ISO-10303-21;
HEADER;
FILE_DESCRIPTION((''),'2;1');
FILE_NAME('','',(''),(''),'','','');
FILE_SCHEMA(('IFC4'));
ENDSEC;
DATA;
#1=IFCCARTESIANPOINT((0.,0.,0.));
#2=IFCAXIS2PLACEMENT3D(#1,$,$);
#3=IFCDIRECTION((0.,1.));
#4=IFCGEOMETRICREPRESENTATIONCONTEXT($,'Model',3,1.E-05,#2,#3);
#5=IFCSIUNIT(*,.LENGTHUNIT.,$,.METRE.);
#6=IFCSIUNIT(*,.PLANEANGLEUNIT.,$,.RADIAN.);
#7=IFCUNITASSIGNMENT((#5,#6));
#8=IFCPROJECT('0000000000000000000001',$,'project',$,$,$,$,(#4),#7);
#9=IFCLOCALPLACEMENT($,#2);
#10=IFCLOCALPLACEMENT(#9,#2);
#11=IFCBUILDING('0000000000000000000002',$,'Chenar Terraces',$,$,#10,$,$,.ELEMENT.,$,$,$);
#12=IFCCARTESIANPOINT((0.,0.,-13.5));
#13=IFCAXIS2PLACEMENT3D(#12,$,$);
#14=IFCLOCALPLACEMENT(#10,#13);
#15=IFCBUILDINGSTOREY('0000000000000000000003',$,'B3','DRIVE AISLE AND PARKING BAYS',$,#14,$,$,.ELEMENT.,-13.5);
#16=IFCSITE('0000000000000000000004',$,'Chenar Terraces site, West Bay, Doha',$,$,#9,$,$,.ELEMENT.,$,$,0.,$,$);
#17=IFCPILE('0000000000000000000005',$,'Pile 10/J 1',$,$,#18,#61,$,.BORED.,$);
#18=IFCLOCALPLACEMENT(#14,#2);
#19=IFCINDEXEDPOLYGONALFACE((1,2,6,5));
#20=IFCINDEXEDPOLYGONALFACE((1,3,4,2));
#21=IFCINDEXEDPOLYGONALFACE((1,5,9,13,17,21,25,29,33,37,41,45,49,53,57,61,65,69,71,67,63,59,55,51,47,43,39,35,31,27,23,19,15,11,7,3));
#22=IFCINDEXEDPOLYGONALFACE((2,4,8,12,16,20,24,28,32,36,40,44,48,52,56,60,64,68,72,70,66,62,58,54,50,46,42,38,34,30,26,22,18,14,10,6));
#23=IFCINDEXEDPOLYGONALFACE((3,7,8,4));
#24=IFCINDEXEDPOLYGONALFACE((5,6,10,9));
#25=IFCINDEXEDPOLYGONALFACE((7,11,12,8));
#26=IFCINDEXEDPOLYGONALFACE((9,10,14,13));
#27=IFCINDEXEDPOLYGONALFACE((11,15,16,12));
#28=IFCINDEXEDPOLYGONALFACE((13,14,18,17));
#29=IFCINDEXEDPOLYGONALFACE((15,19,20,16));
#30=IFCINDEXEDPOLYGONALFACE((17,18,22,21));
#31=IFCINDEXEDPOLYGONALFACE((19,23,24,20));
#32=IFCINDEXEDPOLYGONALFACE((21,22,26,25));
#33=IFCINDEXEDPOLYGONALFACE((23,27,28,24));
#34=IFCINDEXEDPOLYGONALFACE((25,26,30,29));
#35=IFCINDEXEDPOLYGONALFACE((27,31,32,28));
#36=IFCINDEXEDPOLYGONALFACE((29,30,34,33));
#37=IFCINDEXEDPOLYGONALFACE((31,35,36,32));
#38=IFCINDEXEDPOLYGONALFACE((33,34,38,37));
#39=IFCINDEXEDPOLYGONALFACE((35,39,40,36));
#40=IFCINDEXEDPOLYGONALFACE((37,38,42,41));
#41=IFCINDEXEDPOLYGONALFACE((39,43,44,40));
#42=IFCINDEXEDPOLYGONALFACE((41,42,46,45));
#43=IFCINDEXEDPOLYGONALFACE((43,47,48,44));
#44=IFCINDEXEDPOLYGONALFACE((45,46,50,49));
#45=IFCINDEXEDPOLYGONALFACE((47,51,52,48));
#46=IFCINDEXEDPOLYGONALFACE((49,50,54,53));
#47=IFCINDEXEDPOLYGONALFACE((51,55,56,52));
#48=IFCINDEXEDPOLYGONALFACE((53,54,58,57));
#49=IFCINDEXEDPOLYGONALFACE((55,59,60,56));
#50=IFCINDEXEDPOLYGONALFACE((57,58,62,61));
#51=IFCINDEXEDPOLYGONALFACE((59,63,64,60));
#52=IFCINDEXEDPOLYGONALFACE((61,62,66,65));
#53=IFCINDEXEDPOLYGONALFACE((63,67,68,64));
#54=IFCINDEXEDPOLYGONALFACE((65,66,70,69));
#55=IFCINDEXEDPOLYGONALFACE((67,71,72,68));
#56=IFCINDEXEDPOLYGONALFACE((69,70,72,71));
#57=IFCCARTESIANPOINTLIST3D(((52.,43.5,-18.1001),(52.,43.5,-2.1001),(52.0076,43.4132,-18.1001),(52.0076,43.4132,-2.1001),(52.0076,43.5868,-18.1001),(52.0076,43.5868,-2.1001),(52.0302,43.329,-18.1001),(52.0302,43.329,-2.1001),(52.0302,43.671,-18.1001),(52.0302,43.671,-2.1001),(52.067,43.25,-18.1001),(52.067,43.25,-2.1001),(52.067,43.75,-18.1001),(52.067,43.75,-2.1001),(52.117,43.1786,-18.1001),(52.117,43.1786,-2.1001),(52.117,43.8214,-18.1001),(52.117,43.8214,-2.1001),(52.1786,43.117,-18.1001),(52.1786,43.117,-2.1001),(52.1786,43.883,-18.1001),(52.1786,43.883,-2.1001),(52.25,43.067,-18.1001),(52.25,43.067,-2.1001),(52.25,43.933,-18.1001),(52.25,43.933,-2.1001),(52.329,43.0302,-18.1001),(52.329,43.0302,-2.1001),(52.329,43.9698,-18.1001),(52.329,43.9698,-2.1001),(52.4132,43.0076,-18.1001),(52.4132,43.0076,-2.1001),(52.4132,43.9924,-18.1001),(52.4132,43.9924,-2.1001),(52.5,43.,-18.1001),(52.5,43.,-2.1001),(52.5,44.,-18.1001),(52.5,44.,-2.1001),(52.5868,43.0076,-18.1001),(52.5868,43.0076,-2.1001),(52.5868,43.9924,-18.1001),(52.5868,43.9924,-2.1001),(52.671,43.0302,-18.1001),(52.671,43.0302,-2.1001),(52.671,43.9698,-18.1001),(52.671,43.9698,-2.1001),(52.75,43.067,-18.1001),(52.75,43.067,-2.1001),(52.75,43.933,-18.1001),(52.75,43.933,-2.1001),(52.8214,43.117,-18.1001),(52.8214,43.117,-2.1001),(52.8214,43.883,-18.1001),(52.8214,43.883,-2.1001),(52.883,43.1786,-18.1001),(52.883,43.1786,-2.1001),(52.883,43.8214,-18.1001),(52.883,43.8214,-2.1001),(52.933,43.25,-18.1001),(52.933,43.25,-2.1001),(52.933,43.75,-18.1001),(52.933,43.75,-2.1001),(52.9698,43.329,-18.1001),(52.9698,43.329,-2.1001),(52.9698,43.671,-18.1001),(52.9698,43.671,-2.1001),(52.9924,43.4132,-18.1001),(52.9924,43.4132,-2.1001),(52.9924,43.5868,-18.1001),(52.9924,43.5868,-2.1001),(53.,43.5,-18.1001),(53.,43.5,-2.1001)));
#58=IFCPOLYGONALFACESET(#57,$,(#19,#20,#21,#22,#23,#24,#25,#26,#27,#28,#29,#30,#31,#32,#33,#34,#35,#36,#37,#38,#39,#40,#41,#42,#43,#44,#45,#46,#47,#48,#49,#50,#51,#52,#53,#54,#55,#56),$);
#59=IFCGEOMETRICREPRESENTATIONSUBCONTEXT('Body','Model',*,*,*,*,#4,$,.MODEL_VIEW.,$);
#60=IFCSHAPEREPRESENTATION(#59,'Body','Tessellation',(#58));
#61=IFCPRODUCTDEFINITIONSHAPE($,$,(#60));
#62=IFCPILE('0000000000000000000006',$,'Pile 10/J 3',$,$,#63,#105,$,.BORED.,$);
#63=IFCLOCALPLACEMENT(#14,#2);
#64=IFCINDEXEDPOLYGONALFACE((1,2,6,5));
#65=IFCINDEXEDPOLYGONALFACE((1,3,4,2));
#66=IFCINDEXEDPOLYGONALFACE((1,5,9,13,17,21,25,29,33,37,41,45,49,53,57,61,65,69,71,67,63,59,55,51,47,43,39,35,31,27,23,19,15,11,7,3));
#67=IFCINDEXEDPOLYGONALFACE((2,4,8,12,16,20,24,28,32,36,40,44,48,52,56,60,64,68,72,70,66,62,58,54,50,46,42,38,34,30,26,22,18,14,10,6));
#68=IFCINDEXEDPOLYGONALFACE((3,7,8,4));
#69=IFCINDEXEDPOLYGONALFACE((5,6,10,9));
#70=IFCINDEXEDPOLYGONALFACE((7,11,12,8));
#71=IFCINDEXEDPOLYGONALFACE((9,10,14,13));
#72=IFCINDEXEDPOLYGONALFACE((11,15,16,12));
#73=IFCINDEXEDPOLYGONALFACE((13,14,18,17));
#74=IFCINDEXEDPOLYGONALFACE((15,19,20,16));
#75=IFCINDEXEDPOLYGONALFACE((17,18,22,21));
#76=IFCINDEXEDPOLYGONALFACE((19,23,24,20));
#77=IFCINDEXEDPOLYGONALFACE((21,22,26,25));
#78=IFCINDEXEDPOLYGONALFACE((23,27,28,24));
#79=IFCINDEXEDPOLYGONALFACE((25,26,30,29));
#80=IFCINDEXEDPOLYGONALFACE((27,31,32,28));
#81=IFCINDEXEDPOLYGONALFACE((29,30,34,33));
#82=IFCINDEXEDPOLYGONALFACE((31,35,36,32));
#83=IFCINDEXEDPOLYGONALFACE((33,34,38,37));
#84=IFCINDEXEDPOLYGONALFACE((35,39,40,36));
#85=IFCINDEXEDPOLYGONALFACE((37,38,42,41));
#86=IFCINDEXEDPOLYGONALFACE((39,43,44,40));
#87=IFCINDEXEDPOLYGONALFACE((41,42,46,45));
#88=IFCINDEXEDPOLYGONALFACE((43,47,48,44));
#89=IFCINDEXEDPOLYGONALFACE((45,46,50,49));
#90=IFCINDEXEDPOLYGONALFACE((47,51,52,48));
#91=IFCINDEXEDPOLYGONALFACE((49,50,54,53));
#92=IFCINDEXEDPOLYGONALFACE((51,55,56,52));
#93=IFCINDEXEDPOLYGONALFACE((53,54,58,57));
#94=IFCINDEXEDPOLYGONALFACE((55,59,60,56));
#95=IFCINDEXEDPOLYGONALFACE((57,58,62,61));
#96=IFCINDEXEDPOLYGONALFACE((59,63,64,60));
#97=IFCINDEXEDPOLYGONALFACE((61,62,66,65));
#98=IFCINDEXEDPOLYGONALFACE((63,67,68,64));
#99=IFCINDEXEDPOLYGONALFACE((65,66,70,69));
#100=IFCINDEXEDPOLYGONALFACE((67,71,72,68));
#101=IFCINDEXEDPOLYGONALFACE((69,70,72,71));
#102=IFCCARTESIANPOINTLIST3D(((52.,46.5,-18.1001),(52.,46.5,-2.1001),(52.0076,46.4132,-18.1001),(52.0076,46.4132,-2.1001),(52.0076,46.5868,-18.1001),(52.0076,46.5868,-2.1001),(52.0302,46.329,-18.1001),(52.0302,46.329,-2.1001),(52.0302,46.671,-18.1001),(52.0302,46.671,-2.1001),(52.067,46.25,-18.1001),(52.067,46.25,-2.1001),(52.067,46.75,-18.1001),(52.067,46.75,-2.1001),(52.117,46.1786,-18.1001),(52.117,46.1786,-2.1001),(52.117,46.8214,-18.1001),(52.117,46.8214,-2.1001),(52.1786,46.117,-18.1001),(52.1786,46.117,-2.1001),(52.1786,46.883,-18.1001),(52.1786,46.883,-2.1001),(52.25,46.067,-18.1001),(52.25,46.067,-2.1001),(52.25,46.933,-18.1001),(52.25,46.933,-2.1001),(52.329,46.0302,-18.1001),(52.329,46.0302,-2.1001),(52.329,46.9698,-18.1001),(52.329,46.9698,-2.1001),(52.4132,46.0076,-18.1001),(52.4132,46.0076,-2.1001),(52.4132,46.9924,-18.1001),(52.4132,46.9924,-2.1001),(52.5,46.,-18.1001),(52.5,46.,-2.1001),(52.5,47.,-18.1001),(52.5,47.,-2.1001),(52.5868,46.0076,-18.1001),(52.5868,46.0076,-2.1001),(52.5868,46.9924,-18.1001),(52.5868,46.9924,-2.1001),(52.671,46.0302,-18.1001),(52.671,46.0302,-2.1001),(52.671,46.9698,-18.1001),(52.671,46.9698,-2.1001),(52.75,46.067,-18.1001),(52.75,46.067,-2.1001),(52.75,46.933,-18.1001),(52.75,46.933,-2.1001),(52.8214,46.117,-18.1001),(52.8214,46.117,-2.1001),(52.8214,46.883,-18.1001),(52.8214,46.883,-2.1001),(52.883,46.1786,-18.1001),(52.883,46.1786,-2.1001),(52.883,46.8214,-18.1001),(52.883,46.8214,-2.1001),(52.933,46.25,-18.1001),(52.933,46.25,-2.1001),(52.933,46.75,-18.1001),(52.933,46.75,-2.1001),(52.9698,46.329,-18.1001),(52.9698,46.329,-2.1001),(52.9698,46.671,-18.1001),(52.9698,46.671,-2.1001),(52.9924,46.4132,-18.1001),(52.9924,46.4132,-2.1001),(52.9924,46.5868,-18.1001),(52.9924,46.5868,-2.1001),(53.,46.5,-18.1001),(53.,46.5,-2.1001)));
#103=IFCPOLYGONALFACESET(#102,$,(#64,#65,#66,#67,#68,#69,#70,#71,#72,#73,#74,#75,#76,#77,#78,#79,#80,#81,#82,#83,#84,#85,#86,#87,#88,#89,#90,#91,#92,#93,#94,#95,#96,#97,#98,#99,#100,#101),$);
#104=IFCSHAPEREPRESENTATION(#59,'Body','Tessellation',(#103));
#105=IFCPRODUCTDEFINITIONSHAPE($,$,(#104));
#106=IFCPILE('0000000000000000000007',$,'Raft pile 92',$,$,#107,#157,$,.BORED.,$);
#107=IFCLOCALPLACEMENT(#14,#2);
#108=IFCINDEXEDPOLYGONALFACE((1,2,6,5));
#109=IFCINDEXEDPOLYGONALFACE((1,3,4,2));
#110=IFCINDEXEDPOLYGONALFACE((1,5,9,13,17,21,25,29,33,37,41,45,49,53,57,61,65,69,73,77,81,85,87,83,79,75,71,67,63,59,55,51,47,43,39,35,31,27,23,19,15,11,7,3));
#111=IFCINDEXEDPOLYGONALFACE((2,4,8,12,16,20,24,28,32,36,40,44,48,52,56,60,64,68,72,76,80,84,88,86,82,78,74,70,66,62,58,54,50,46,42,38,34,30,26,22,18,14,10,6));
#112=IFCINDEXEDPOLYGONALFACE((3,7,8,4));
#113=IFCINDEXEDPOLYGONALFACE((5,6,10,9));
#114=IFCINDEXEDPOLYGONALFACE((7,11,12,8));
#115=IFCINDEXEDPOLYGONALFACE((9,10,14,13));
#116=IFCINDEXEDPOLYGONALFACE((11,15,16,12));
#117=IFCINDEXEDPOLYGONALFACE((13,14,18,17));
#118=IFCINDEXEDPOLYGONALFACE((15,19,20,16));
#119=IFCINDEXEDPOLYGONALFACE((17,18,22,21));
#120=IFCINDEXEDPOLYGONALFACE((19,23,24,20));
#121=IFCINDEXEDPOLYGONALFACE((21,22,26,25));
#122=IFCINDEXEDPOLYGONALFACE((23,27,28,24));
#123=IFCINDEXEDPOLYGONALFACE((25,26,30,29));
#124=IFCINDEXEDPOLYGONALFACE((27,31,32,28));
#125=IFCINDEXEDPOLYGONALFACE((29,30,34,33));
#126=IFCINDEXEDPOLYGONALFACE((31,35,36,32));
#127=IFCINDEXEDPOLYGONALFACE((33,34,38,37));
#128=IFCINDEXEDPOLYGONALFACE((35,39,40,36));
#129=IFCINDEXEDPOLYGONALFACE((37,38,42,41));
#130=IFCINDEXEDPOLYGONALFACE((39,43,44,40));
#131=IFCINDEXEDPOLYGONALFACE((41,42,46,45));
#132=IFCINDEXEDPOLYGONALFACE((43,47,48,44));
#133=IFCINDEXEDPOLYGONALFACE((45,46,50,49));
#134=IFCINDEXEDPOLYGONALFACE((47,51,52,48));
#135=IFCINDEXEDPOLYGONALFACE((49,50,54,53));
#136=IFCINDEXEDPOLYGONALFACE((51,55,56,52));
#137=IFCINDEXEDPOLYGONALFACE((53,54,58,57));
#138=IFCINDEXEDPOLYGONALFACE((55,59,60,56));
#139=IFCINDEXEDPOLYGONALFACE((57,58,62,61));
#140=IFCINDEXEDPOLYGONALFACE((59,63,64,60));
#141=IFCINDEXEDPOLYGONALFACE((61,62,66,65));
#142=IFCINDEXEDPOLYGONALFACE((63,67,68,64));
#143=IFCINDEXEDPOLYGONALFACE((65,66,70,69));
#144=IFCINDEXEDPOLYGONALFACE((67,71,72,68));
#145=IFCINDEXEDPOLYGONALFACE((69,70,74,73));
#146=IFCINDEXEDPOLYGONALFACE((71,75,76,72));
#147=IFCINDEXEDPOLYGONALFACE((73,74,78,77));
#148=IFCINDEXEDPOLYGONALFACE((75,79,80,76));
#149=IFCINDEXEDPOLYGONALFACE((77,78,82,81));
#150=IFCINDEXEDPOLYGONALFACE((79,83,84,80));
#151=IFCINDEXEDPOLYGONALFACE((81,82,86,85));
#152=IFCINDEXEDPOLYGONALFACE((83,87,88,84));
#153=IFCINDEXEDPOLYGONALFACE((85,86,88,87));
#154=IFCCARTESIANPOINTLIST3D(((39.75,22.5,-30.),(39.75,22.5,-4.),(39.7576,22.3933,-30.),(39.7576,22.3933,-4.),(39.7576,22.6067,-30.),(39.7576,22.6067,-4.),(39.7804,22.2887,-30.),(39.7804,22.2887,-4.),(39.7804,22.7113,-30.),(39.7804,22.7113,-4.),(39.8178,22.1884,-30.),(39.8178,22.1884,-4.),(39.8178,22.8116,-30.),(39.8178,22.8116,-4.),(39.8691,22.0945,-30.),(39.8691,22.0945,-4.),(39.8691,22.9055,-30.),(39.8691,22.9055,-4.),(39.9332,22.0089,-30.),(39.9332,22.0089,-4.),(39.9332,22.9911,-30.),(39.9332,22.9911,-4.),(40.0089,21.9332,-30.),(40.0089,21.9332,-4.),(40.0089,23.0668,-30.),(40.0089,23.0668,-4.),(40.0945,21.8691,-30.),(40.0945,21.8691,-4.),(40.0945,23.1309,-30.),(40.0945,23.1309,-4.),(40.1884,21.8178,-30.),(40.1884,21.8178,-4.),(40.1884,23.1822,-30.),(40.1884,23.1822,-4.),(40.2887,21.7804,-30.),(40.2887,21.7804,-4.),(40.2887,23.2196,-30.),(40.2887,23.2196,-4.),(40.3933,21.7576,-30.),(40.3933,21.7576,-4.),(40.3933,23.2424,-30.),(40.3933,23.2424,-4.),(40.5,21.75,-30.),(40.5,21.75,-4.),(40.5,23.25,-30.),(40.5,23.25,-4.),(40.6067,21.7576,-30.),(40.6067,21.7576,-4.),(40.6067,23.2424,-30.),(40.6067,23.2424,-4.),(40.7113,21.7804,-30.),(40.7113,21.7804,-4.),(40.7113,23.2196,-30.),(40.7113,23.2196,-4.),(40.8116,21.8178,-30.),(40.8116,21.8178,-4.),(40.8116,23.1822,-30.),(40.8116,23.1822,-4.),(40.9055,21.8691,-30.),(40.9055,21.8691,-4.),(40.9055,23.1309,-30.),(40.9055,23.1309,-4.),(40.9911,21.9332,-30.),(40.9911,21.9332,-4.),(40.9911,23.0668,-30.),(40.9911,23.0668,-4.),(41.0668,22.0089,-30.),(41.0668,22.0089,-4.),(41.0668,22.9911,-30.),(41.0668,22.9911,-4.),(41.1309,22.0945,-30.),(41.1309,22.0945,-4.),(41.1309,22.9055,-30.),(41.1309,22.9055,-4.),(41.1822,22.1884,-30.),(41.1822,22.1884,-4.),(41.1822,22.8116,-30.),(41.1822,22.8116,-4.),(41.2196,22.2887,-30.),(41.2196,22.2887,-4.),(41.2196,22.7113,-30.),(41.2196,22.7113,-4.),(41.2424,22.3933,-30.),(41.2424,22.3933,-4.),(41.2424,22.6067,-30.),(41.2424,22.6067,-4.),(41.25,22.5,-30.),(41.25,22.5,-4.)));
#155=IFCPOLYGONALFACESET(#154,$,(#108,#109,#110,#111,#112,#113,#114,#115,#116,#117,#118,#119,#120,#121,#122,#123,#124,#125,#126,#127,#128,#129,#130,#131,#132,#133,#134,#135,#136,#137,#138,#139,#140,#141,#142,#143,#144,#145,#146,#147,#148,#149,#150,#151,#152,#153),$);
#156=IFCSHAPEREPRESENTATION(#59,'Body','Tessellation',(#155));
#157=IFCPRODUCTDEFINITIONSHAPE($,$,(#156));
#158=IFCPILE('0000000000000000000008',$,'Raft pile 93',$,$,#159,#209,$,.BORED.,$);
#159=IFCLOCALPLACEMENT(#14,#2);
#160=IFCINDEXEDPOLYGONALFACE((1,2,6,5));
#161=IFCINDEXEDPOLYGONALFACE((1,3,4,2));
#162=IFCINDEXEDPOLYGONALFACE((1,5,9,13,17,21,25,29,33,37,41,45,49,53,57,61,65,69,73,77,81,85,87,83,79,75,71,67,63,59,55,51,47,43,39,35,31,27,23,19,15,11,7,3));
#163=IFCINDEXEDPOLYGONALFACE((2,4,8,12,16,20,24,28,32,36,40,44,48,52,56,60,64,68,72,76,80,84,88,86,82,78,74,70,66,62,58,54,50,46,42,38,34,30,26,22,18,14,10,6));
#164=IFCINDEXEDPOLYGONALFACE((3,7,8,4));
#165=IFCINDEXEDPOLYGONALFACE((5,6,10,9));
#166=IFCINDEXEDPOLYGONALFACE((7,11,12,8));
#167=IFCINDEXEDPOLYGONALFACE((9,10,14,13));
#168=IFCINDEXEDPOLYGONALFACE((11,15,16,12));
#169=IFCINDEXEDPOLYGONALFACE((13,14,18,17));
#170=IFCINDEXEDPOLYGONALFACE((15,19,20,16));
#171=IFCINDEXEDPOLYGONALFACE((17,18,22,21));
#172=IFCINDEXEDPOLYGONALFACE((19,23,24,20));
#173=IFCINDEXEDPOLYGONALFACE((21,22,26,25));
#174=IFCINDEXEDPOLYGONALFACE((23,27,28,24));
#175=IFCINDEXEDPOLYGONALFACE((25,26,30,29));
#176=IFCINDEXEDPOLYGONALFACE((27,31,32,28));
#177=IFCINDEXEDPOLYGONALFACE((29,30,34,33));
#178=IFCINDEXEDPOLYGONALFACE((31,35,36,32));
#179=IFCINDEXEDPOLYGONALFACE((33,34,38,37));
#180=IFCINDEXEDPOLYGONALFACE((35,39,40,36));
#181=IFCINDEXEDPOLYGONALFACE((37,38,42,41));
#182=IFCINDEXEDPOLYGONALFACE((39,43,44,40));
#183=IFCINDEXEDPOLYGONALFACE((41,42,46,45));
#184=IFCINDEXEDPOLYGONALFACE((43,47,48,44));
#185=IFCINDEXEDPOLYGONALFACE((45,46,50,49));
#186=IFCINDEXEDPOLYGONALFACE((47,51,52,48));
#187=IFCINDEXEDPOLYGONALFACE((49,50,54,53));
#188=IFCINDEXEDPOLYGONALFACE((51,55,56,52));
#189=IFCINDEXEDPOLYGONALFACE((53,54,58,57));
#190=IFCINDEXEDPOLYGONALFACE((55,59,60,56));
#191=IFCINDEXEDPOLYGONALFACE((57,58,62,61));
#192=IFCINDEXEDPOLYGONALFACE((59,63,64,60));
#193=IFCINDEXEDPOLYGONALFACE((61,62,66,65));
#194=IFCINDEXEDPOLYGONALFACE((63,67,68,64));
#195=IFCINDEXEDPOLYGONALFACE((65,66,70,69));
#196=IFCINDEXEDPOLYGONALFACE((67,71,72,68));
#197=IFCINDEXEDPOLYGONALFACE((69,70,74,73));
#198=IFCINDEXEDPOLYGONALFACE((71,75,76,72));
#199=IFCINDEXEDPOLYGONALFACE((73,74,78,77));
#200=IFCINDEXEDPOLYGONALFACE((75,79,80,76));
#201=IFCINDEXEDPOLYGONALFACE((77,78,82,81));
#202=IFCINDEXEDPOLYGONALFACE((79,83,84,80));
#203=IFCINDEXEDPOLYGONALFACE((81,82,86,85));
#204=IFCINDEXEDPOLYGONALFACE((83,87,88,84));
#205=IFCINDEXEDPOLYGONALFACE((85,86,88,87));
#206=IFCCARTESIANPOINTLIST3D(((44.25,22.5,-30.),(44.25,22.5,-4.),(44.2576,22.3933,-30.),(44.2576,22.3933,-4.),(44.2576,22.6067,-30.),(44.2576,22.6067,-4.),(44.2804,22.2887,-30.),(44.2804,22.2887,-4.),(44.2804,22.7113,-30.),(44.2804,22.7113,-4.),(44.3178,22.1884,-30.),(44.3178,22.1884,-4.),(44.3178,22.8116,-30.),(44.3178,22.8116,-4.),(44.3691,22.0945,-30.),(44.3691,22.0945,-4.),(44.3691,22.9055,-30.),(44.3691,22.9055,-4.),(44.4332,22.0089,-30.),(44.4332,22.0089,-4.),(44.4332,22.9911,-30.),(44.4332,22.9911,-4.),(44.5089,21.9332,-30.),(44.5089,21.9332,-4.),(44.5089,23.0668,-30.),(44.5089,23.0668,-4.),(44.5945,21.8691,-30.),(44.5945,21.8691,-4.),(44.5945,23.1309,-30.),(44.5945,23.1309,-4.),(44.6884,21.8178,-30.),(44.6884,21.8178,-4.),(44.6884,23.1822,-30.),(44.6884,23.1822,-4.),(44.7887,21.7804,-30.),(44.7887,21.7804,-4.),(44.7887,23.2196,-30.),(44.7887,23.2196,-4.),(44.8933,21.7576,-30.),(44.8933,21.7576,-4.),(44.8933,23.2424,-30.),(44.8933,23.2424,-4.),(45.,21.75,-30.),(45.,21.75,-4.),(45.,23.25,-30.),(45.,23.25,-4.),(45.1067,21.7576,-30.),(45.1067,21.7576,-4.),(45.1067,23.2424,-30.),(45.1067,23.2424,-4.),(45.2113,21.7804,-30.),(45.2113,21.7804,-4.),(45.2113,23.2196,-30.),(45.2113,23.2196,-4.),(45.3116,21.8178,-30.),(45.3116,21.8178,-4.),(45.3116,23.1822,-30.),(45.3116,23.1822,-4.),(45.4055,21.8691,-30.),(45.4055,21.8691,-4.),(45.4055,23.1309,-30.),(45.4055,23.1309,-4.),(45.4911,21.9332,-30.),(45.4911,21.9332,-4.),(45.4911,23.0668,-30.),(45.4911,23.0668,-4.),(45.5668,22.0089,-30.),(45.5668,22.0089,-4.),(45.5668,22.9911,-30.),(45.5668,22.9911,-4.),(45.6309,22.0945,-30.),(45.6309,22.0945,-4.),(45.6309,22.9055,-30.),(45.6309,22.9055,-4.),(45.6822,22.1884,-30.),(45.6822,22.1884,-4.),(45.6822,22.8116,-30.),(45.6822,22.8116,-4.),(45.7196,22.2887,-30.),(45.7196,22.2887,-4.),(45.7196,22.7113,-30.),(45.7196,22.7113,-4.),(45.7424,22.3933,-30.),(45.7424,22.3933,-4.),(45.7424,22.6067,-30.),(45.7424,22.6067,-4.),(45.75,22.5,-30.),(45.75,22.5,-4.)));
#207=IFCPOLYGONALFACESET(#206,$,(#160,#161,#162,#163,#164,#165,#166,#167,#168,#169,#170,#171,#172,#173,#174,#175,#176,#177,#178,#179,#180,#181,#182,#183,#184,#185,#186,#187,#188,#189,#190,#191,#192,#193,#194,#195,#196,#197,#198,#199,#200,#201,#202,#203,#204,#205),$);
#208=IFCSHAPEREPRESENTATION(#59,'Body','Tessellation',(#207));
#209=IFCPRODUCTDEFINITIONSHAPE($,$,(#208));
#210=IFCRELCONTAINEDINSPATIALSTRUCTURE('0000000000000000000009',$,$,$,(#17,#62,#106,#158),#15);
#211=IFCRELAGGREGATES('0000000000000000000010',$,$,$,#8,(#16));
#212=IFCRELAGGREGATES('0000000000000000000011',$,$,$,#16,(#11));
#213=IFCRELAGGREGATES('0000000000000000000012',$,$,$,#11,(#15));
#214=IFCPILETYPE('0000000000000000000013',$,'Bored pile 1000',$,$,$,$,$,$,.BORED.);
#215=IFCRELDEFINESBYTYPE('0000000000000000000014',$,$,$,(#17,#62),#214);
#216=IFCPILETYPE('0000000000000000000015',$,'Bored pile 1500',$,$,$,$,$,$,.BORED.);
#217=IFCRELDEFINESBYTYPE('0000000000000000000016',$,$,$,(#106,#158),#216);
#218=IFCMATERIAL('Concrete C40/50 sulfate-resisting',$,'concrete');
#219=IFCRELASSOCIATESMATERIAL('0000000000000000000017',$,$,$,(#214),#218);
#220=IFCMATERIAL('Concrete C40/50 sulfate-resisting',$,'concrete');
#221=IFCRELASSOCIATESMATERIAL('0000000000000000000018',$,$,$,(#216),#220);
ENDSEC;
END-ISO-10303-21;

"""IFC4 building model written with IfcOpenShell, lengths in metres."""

from ifc_helpers import new_model, si_unit, direction, frame, origin, origin_2d, place, context, subcontext, project, spatial, circle, extrude, material, material_profile, profile_set, type_object, element, save


model = new_model("IFC4")

# Units and contexts
model_context = context("Model", 3, precision=1e-05, world=origin(), true_north=direction((0.0, 1.0)))
body_context = subcontext(model_context, "Body", "Model", "MODEL_VIEW")
ifc_project = project(units=[si_unit("LENGTHUNIT", "METRE"), si_unit("PLANEANGLEUNIT", "RADIAN")], contexts=[model_context])

# Site, building, storey
site_placement = place(None, origin())
site = spatial("IfcSite", under=ifc_project, at=site_placement, Name="Chenar Terraces site, West Bay, Doha", CompositionType="ELEMENT", RefElevation=0.0)
building_placement = place(site_placement, origin())
building = spatial("IfcBuilding", under=site, at=building_placement, Name="Chenar Terraces", CompositionType="ELEMENT")
storey_placement = place(building_placement, frame((0.0, 0.0, -13.5)))
storey = spatial("IfcBuildingStorey", under=building, at=storey_placement, Name="B3", Description="DRIVE AISLE AND PARKING BAYS", CompositionType="ELEMENT", Elevation=-13.5)

# Piles
ifc_material_1 = material(Name="Concrete C40/50 sulfate-resisting", Category="concrete")
ifc_material_profile_1 = material_profile(ifc_material_1, circle(Radius=0.5, at=origin_2d()), Name="BP 1000")
ifc_profile_set_1 = profile_set([ifc_material_profile_1], Name="Concrete C40/50 sulfate-resisting")
pile_type_1 = type_object("IfcPileType", Name="Bored pile 1000", PredefinedType="BORED", material=ifc_profile_set_1)
for number, where, z_axis, x_axis, name in (
    (1, (52.5, 43.5, -2.1001), (0.0, 0.0, -1.0), (1.0, 0.0, 0.0), "Pile 10/J 1"),
    (2, (52.5, 46.5, -2.1001), (0.0, 0.0, -1.0), (1.0, 0.0, 0.0), "Pile 10/J 3"),
):
    element("IfcPile", number, at=place(storey_placement, frame(where, z_axis=z_axis, x_axis=x_axis)), inside=storey, type_object=pile_type_1, Name=name, PredefinedType="BORED", context=body_context, shape_type="SweptSolid", body=[
        extrude(circle(Radius=0.5, at=origin_2d()), origin(), (0.0, 0.0, 1.0), 16.0),
    ])
ifc_material_2 = material(Name="Concrete C40/50 sulfate-resisting", Category="concrete")
ifc_material_profile_2 = material_profile(ifc_material_2, circle(Radius=0.75, at=origin_2d()), Name="BP 1500")
ifc_profile_set_2 = profile_set([ifc_material_profile_2], Name="Concrete C40/50 sulfate-resisting")
pile_type_2 = type_object("IfcPileType", Name="Bored pile 1500", PredefinedType="BORED", material=ifc_profile_set_2)
for number, where, z_axis, x_axis, name in (
    (3, (40.5, 22.5, -4.0), (0.0, 0.0, -1.0), (1.0, 0.0, 0.0), "Raft pile 92"),
    (4, (45.0, 22.5, -4.0), (0.0, 0.0, -1.0), (1.0, 0.0, 0.0), "Raft pile 93"),
):
    element("IfcPile", number, at=place(storey_placement, frame(where, z_axis=z_axis, x_axis=x_axis)), inside=storey, type_object=pile_type_2, Name=name, PredefinedType="BORED", context=body_context, shape_type="SweptSolid", body=[
        extrude(circle(Radius=0.75, at=origin_2d()), origin(), (0.0, 0.0, 1.0), 26.0),
    ])

save(model, "model.ifc")
